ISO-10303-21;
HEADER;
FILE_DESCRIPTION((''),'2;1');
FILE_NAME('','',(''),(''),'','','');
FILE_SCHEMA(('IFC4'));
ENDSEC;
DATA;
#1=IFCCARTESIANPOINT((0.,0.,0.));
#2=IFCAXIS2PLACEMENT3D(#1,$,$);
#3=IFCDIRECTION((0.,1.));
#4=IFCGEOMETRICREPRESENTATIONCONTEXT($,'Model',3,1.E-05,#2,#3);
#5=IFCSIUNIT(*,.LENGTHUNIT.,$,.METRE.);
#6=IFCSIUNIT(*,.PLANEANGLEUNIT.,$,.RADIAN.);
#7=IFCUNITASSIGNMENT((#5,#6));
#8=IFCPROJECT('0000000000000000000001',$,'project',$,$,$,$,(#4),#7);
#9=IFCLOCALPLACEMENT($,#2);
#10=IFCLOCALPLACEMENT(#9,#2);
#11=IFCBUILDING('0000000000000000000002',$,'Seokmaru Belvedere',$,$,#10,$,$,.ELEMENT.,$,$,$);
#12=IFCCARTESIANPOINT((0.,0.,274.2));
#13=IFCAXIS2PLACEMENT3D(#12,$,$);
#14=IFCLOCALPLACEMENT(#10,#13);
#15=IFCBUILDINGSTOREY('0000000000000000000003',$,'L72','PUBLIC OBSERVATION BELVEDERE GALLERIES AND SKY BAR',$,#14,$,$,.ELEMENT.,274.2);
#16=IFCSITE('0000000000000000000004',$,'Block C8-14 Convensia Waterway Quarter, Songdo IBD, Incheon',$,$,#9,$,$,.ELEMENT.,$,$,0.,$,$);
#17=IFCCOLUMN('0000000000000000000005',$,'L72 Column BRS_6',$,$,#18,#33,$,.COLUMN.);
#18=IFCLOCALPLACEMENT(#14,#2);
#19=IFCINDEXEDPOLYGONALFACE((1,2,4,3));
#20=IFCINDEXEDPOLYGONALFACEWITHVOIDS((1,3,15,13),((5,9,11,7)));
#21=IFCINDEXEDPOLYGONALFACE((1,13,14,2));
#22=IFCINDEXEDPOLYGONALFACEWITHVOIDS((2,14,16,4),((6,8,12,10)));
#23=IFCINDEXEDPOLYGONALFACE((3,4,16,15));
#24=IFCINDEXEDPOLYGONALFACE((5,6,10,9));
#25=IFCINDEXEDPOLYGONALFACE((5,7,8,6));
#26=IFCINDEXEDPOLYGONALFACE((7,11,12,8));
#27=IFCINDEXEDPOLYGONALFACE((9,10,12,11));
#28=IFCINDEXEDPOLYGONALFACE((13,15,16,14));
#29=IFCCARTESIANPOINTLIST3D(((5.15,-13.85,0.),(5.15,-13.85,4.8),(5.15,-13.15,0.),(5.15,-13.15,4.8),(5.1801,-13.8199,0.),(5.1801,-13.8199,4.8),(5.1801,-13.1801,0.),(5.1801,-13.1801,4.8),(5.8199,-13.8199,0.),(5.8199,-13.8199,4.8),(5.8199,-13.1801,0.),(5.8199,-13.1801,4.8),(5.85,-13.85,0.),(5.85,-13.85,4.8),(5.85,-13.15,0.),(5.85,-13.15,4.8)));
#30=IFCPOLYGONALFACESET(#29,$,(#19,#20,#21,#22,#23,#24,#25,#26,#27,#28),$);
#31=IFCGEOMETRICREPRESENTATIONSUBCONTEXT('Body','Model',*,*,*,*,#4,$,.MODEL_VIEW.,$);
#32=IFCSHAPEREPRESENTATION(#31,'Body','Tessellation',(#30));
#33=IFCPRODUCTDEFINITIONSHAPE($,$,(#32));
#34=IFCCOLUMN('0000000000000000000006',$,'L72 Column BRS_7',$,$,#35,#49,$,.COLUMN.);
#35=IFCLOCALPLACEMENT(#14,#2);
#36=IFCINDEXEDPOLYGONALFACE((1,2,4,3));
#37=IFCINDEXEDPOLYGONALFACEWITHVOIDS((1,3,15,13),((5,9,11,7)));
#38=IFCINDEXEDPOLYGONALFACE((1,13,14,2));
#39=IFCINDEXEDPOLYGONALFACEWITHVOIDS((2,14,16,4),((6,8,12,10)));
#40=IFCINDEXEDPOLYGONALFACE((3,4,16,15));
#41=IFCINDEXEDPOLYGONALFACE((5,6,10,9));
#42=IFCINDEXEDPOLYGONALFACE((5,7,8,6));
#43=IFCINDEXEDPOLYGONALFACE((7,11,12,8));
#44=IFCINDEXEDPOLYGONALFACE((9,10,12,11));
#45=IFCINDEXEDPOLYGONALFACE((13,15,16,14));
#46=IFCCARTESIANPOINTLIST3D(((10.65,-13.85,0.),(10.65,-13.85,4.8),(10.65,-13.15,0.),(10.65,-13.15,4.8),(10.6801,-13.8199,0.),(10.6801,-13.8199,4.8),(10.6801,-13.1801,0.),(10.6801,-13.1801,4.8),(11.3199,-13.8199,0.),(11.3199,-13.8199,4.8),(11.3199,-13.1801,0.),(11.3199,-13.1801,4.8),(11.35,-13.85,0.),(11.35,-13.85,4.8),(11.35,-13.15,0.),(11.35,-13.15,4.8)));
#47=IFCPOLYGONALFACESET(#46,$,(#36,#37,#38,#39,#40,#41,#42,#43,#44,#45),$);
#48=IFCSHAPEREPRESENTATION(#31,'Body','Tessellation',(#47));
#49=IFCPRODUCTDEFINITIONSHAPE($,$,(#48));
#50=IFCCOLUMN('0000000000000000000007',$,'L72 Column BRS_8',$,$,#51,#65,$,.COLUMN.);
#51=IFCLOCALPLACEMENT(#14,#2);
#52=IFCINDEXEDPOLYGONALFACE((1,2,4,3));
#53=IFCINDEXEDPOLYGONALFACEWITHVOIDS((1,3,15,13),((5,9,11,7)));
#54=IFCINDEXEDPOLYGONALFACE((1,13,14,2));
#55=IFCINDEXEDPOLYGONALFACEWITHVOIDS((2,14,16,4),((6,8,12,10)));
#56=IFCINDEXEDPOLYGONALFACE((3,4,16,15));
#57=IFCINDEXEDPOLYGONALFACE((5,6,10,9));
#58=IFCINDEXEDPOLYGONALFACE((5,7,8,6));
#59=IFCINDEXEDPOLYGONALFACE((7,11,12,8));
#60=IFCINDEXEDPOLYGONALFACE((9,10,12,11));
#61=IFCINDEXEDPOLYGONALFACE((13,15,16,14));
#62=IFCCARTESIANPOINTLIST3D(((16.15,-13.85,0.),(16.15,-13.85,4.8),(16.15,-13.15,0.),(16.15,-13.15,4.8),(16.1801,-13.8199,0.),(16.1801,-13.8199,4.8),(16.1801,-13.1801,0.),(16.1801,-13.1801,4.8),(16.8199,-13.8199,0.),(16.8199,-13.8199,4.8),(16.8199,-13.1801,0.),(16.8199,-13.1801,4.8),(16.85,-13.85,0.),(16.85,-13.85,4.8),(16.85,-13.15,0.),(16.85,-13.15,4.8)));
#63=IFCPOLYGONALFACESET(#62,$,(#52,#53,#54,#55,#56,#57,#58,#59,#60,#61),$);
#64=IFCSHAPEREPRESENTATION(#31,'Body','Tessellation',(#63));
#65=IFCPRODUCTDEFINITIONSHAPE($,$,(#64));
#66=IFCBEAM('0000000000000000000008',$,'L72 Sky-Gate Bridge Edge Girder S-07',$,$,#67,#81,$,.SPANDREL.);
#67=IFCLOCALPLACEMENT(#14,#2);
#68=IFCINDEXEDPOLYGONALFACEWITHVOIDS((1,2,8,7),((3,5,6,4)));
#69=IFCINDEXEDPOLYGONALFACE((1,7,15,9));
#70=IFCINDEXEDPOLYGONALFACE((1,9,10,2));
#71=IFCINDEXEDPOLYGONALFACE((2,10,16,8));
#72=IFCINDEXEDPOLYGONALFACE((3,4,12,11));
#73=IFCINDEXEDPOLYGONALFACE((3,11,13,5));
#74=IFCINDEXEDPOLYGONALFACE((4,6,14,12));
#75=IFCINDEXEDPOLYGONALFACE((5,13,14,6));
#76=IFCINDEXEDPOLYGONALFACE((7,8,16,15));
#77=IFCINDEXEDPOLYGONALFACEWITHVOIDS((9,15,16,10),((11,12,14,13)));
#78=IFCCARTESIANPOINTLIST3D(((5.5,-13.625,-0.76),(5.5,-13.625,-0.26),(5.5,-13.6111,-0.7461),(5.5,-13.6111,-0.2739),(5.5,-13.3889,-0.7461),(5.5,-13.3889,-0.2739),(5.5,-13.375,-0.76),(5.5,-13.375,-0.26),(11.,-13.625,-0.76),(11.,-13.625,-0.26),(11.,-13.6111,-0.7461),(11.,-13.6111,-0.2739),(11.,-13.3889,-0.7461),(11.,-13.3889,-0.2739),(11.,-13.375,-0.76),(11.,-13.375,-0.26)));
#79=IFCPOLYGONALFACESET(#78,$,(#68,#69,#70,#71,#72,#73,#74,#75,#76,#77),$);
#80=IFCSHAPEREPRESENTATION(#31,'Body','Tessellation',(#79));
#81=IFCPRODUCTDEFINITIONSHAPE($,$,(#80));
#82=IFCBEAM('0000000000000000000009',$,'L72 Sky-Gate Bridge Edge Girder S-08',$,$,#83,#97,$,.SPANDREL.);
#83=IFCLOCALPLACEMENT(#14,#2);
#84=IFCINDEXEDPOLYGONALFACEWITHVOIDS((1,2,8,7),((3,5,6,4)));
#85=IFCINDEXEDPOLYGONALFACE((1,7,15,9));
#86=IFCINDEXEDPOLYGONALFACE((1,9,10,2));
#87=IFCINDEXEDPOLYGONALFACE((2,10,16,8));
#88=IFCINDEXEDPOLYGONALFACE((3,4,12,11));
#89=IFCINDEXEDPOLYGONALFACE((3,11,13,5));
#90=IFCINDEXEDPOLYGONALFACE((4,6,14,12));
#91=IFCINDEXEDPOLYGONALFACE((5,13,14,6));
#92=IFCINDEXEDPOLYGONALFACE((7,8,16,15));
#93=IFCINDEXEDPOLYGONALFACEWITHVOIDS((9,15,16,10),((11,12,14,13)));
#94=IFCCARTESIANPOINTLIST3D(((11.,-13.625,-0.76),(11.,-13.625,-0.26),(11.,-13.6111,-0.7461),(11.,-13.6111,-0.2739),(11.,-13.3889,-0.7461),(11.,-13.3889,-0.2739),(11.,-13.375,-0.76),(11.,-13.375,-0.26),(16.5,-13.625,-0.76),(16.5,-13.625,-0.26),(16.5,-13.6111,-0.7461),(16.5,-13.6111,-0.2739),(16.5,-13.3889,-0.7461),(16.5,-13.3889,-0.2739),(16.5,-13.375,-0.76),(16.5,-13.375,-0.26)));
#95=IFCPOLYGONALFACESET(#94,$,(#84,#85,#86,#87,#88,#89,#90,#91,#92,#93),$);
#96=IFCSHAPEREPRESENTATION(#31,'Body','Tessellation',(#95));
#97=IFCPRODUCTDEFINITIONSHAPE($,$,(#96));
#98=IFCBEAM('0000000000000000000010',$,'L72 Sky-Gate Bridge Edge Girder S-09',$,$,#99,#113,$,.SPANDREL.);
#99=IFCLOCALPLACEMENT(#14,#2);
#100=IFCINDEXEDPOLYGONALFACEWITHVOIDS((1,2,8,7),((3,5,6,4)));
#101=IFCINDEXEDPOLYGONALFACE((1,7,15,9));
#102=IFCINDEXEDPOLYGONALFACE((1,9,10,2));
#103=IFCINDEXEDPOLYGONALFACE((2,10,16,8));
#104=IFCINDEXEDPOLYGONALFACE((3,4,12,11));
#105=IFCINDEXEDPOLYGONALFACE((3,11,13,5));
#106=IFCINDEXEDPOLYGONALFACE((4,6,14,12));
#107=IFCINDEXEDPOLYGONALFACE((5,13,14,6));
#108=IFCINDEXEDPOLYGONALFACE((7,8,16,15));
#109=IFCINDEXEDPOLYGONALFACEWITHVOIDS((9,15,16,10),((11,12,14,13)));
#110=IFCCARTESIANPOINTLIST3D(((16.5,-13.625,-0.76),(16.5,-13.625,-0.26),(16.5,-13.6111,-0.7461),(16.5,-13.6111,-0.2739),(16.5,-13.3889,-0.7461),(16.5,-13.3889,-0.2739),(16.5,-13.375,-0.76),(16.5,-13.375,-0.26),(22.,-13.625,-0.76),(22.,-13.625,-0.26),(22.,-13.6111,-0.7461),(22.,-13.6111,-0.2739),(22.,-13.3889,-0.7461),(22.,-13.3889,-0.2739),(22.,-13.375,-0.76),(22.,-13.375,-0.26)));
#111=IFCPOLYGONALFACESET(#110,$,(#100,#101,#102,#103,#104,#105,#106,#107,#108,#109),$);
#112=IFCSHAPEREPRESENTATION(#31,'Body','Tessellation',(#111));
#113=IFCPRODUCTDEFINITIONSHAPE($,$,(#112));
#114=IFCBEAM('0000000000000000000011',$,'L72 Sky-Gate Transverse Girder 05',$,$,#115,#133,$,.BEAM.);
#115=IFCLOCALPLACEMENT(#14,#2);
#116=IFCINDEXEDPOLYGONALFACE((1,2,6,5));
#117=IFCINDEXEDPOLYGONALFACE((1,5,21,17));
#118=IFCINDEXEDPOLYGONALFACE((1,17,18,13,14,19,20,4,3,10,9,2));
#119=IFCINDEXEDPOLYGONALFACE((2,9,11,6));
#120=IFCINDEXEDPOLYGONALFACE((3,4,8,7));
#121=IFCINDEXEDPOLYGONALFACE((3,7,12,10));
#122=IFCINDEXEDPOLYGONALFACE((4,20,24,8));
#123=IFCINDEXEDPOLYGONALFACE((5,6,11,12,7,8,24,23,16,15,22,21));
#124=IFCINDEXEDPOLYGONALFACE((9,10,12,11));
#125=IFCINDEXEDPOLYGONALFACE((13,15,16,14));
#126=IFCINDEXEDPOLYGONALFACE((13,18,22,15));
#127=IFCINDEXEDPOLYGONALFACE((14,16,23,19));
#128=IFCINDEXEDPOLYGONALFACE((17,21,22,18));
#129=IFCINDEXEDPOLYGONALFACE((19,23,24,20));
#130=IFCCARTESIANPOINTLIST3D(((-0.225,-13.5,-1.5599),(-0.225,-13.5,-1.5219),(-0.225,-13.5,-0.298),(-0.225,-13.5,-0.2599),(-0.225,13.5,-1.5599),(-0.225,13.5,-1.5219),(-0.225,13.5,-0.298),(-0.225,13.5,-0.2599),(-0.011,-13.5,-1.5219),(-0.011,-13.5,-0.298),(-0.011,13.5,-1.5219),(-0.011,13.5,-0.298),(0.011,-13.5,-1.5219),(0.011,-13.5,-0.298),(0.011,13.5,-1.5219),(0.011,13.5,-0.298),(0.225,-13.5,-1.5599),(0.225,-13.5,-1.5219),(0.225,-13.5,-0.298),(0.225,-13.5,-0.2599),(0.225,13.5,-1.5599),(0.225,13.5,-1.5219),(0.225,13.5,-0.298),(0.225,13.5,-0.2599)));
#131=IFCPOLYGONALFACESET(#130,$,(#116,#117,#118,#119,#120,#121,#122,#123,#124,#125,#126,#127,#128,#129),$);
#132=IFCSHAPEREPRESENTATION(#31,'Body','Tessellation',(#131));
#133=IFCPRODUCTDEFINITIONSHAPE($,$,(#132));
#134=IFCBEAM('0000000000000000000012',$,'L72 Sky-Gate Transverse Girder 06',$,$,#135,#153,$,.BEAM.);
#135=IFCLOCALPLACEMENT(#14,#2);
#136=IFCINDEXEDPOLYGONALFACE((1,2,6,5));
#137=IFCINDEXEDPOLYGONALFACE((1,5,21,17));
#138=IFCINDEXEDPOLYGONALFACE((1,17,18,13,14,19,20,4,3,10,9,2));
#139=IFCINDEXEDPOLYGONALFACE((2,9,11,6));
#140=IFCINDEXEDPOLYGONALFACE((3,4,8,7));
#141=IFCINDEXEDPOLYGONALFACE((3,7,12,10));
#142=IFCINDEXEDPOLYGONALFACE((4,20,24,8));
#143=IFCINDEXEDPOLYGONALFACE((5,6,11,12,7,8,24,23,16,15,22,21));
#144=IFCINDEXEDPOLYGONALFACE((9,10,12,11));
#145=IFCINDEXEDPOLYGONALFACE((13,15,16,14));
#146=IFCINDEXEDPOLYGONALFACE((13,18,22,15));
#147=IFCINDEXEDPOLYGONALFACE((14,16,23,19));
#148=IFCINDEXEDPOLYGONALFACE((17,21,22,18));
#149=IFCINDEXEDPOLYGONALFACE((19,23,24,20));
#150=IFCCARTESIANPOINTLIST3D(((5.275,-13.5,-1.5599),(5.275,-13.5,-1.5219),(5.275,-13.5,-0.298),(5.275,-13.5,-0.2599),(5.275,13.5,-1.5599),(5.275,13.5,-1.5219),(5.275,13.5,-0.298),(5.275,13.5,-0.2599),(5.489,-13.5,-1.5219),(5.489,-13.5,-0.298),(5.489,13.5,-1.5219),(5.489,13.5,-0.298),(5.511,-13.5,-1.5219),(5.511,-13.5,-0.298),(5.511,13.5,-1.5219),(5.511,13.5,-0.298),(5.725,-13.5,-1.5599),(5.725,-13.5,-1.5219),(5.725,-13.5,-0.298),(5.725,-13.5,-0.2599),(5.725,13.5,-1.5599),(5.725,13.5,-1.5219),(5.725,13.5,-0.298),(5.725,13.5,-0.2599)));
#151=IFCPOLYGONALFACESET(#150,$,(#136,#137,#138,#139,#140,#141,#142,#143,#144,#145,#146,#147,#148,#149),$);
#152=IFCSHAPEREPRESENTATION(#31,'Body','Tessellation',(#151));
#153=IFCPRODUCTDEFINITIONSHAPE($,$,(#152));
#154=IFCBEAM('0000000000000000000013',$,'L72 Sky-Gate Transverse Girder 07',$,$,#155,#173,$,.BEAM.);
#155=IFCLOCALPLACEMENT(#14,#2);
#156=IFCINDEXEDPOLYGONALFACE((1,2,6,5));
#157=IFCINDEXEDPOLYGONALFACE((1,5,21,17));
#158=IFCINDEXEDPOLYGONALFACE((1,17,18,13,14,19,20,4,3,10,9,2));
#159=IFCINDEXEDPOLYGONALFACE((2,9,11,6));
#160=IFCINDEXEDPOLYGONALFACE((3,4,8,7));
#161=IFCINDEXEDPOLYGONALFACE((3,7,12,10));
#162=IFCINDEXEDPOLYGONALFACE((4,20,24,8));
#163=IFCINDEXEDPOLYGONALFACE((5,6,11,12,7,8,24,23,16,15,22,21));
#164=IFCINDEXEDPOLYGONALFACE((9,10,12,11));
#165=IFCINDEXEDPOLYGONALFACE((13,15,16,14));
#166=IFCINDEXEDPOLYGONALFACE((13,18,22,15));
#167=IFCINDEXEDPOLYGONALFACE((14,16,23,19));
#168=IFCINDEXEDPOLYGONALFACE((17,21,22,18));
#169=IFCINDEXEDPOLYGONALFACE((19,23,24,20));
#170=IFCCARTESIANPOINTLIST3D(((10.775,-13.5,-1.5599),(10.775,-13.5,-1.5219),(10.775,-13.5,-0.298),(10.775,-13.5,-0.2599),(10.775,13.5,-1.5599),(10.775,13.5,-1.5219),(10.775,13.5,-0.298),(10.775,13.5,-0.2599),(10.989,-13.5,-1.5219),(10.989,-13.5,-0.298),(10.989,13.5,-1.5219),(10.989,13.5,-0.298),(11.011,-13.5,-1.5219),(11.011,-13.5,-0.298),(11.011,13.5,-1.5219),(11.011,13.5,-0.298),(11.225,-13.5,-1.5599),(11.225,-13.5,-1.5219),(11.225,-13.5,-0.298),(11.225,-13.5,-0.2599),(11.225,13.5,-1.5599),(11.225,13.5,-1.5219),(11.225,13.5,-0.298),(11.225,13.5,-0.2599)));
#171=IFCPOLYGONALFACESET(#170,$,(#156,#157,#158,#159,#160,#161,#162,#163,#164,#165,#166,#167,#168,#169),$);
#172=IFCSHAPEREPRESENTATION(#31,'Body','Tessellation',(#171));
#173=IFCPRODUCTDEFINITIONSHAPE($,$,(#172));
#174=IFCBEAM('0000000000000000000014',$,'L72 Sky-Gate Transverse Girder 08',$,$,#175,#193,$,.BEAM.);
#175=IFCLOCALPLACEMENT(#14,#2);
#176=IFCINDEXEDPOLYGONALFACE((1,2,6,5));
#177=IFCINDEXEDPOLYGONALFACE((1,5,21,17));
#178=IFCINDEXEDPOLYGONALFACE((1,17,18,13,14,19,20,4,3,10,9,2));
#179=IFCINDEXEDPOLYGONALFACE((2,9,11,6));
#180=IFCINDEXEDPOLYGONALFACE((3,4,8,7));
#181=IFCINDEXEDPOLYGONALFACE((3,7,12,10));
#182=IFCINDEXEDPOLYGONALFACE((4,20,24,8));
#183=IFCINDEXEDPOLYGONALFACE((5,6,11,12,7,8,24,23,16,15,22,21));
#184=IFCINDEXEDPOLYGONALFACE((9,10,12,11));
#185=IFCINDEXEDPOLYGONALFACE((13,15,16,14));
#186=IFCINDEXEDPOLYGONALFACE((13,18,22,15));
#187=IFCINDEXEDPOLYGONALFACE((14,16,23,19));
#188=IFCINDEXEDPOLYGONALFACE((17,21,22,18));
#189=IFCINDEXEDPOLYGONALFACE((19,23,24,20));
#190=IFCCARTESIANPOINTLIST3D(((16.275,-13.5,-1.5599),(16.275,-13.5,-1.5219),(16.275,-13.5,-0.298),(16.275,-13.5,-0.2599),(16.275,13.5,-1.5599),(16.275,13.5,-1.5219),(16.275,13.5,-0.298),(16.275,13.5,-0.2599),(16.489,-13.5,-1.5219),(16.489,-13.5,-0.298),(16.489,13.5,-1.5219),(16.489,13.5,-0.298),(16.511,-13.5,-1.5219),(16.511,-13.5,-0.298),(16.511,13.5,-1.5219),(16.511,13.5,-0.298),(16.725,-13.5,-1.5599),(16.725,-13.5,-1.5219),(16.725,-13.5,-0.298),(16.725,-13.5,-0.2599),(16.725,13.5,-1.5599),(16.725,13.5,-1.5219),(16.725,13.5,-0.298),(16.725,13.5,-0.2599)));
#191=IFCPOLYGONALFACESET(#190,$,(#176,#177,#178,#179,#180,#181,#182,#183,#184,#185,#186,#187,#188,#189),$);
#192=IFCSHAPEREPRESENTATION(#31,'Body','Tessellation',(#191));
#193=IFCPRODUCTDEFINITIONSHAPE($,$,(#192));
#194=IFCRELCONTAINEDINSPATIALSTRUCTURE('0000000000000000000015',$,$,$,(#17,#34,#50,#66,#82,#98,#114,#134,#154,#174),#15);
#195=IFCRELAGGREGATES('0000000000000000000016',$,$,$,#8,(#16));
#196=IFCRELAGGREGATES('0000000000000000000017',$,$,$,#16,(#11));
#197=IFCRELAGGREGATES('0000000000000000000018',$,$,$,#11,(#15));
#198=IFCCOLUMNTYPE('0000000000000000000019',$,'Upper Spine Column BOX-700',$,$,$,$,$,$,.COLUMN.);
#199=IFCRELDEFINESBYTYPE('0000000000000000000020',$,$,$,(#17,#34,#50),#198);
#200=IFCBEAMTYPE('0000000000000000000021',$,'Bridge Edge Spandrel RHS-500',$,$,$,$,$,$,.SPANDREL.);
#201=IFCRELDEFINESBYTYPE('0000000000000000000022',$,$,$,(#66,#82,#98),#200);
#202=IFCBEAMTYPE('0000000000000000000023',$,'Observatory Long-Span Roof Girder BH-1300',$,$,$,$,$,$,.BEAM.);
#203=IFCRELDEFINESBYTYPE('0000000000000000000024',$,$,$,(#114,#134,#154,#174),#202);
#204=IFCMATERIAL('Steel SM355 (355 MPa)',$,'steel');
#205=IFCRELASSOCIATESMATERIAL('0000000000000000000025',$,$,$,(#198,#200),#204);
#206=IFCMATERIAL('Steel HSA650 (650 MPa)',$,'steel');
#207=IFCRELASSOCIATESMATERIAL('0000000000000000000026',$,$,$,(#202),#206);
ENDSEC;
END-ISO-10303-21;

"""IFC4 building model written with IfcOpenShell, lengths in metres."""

from ifc_helpers import new_model, si_unit, direction, frame, origin, origin_2d, place, context, subcontext, project, spatial, hollow_rectangle, i_section, extrude, source, transform, mapped, material, material_profile, profile_set, type_object, type_shapes, element, save


model = new_model("IFC4")

# Units and contexts
model_context = context("Model", 3, precision=1e-05, world=origin(), true_north=direction((0.0, 1.0)))
body_context = subcontext(model_context, "Body", "Model", "MODEL_VIEW")
ifc_project = project(units=[si_unit("LENGTHUNIT", "METRE"), si_unit("PLANEANGLEUNIT", "RADIAN")], contexts=[model_context])

# Site, building, storey
site_placement = place(None, origin())
site = spatial("IfcSite", under=ifc_project, at=site_placement, Name="Block C8-14 Convensia Waterway Quarter, Songdo IBD, Incheon", CompositionType="ELEMENT", RefElevation=0.0)
building_placement = place(site_placement, origin())
building = spatial("IfcBuilding", under=site, at=building_placement, Name="Seokmaru Belvedere", CompositionType="ELEMENT")
storey_placement = place(building_placement, frame((0.0, 0.0, 274.2)))
storey = spatial("IfcBuildingStorey", under=building, at=storey_placement, Name="L72", Description="PUBLIC OBSERVATION BELVEDERE GALLERIES AND SKY BAR", CompositionType="ELEMENT", Elevation=274.2)

# Columns
ifc_material_1 = material(Name="Steel SM355 (355 MPa)", Category="steel")
ifc_material_profile_1 = material_profile(ifc_material_1, hollow_rectangle(XDim=0.7, YDim=0.7, WallThickness=0.03, at=origin_2d()), Name="BOX-700x700x30")
ifc_profile_set_1 = profile_set([ifc_material_profile_1], Name="Steel SM355 (355 MPa)")
column_type = type_object("IfcColumnType", Name="Upper Spine Column BOX-700", PredefinedType="COLUMN", material=ifc_profile_set_1)
shared_shape_1 = source(origin(), body_context, "Body", "SweptSolid", [
    extrude(hollow_rectangle(XDim=0.7, YDim=0.7, WallThickness=0.03, at=origin_2d()), origin(), (0.0, 0.0, 1.0), 4.8),
])
type_shapes(column_type, [shared_shape_1])
for number, where, z_axis, x_axis, name in (
    (1, (5.5, -13.5, 0.0), (0.0, 0.0, 1.0), (1.0, 0.0, 0.0), "L72 Column BRS_6"),
    (2, (11.0, -13.5, 0.0), (0.0, 0.0, 1.0), (1.0, 0.0, 0.0), "L72 Column BRS_7"),
    (3, (16.5, -13.5, 0.0), (0.0, 0.0, 1.0), (1.0, 0.0, 0.0), "L72 Column BRS_8"),
):
    element("IfcColumn", number, at=place(storey_placement, frame(where, z_axis=z_axis, x_axis=x_axis)), inside=storey, type_object=column_type, Name=name, PredefinedType="COLUMN", context=body_context, shape_type="MappedRepresentation", body=[
        mapped(shared_shape_1, transform((0.0, 0.0, 0.0), scale=1.0)),
    ])

# Beams
ifc_material_profile_2 = material_profile(ifc_material_1, hollow_rectangle(XDim=0.25, YDim=0.5, WallThickness=0.0139, at=origin_2d()), Name="RHS-500x250x14")
ifc_profile_set_2 = profile_set([ifc_material_profile_2], Name="Steel SM355 (355 MPa)")
beam_type_1 = type_object("IfcBeamType", Name="Bridge Edge Spandrel RHS-500", PredefinedType="SPANDREL", material=ifc_profile_set_2)
shared_shape_2 = source(origin(), body_context, "Body", "SweptSolid", [
    extrude(hollow_rectangle(XDim=0.25, YDim=0.5, WallThickness=0.0139, at=origin_2d()), origin(), (0.0, 0.0, 1.0), 5.5),
])
type_shapes(beam_type_1, [shared_shape_2])
for number, where, z_axis, x_axis, name in (
    (4, (5.5, -13.5, -0.51), (1.0, 0.0, 0.0), (0.0, 1.0, 0.0), "L72 Sky-Gate Bridge Edge Girder S-07"),
    (5, (11.0, -13.5, -0.51), (1.0, 0.0, 0.0), (0.0, 1.0, 0.0), "L72 Sky-Gate Bridge Edge Girder S-08"),
    (6, (16.5, -13.5, -0.51), (1.0, 0.0, 0.0), (0.0, 1.0, 0.0), "L72 Sky-Gate Bridge Edge Girder S-09"),
):
    element("IfcBeam", number, at=place(storey_placement, frame(where, z_axis=z_axis, x_axis=x_axis)), inside=storey, type_object=beam_type_1, Name=name, PredefinedType="SPANDREL", context=body_context, shape_type="MappedRepresentation", body=[
        mapped(shared_shape_2, transform((0.0, 0.0, 0.0), scale=1.0)),
    ])
ifc_material_2 = material(Name="Steel HSA650 (650 MPa)", Category="steel")
ifc_material_profile_3 = material_profile(ifc_material_2, i_section(OverallWidth=0.45, OverallDepth=1.3, WebThickness=0.022, FlangeThickness=0.0381, at=origin_2d()), Name="BH-1300x450x22x38")
ifc_profile_set_3 = profile_set([ifc_material_profile_3], Name="Steel HSA650 (650 MPa)")
beam_type_2 = type_object("IfcBeamType", Name="Observatory Long-Span Roof Girder BH-1300", PredefinedType="BEAM", material=ifc_profile_set_3)
shared_shape_3 = source(origin(), body_context, "Body", "SweptSolid", [
    extrude(i_section(OverallWidth=0.45, OverallDepth=1.3, WebThickness=0.022, FlangeThickness=0.0381, at=origin_2d()), origin(), (0.0, 0.0, 1.0), 27.0),
])
type_shapes(beam_type_2, [shared_shape_3])
for number, where, z_axis, x_axis, name in (
    (7, (0.0, -13.5, -0.9099), (0.0, 1.0, 0.0), (-1.0, 0.0, 0.0), "L72 Sky-Gate Transverse Girder 05"),
    (8, (5.5, -13.5, -0.9099), (0.0, 1.0, 0.0), (-1.0, 0.0, 0.0), "L72 Sky-Gate Transverse Girder 06"),
    (9, (11.0, -13.5, -0.9099), (0.0, 1.0, 0.0), (-1.0, 0.0, 0.0), "L72 Sky-Gate Transverse Girder 07"),
    (10, (16.5, -13.5, -0.9099), (0.0, 1.0, 0.0), (-1.0, 0.0, 0.0), "L72 Sky-Gate Transverse Girder 08"),
):
    element("IfcBeam", number, at=place(storey_placement, frame(where, z_axis=z_axis, x_axis=x_axis)), inside=storey, type_object=beam_type_2, Name=name, PredefinedType="BEAM", context=body_context, shape_type="MappedRepresentation", body=[
        mapped(shared_shape_3, transform((0.0, 0.0, 0.0), scale=1.0)),
    ])

save(model, "model.ifc")
